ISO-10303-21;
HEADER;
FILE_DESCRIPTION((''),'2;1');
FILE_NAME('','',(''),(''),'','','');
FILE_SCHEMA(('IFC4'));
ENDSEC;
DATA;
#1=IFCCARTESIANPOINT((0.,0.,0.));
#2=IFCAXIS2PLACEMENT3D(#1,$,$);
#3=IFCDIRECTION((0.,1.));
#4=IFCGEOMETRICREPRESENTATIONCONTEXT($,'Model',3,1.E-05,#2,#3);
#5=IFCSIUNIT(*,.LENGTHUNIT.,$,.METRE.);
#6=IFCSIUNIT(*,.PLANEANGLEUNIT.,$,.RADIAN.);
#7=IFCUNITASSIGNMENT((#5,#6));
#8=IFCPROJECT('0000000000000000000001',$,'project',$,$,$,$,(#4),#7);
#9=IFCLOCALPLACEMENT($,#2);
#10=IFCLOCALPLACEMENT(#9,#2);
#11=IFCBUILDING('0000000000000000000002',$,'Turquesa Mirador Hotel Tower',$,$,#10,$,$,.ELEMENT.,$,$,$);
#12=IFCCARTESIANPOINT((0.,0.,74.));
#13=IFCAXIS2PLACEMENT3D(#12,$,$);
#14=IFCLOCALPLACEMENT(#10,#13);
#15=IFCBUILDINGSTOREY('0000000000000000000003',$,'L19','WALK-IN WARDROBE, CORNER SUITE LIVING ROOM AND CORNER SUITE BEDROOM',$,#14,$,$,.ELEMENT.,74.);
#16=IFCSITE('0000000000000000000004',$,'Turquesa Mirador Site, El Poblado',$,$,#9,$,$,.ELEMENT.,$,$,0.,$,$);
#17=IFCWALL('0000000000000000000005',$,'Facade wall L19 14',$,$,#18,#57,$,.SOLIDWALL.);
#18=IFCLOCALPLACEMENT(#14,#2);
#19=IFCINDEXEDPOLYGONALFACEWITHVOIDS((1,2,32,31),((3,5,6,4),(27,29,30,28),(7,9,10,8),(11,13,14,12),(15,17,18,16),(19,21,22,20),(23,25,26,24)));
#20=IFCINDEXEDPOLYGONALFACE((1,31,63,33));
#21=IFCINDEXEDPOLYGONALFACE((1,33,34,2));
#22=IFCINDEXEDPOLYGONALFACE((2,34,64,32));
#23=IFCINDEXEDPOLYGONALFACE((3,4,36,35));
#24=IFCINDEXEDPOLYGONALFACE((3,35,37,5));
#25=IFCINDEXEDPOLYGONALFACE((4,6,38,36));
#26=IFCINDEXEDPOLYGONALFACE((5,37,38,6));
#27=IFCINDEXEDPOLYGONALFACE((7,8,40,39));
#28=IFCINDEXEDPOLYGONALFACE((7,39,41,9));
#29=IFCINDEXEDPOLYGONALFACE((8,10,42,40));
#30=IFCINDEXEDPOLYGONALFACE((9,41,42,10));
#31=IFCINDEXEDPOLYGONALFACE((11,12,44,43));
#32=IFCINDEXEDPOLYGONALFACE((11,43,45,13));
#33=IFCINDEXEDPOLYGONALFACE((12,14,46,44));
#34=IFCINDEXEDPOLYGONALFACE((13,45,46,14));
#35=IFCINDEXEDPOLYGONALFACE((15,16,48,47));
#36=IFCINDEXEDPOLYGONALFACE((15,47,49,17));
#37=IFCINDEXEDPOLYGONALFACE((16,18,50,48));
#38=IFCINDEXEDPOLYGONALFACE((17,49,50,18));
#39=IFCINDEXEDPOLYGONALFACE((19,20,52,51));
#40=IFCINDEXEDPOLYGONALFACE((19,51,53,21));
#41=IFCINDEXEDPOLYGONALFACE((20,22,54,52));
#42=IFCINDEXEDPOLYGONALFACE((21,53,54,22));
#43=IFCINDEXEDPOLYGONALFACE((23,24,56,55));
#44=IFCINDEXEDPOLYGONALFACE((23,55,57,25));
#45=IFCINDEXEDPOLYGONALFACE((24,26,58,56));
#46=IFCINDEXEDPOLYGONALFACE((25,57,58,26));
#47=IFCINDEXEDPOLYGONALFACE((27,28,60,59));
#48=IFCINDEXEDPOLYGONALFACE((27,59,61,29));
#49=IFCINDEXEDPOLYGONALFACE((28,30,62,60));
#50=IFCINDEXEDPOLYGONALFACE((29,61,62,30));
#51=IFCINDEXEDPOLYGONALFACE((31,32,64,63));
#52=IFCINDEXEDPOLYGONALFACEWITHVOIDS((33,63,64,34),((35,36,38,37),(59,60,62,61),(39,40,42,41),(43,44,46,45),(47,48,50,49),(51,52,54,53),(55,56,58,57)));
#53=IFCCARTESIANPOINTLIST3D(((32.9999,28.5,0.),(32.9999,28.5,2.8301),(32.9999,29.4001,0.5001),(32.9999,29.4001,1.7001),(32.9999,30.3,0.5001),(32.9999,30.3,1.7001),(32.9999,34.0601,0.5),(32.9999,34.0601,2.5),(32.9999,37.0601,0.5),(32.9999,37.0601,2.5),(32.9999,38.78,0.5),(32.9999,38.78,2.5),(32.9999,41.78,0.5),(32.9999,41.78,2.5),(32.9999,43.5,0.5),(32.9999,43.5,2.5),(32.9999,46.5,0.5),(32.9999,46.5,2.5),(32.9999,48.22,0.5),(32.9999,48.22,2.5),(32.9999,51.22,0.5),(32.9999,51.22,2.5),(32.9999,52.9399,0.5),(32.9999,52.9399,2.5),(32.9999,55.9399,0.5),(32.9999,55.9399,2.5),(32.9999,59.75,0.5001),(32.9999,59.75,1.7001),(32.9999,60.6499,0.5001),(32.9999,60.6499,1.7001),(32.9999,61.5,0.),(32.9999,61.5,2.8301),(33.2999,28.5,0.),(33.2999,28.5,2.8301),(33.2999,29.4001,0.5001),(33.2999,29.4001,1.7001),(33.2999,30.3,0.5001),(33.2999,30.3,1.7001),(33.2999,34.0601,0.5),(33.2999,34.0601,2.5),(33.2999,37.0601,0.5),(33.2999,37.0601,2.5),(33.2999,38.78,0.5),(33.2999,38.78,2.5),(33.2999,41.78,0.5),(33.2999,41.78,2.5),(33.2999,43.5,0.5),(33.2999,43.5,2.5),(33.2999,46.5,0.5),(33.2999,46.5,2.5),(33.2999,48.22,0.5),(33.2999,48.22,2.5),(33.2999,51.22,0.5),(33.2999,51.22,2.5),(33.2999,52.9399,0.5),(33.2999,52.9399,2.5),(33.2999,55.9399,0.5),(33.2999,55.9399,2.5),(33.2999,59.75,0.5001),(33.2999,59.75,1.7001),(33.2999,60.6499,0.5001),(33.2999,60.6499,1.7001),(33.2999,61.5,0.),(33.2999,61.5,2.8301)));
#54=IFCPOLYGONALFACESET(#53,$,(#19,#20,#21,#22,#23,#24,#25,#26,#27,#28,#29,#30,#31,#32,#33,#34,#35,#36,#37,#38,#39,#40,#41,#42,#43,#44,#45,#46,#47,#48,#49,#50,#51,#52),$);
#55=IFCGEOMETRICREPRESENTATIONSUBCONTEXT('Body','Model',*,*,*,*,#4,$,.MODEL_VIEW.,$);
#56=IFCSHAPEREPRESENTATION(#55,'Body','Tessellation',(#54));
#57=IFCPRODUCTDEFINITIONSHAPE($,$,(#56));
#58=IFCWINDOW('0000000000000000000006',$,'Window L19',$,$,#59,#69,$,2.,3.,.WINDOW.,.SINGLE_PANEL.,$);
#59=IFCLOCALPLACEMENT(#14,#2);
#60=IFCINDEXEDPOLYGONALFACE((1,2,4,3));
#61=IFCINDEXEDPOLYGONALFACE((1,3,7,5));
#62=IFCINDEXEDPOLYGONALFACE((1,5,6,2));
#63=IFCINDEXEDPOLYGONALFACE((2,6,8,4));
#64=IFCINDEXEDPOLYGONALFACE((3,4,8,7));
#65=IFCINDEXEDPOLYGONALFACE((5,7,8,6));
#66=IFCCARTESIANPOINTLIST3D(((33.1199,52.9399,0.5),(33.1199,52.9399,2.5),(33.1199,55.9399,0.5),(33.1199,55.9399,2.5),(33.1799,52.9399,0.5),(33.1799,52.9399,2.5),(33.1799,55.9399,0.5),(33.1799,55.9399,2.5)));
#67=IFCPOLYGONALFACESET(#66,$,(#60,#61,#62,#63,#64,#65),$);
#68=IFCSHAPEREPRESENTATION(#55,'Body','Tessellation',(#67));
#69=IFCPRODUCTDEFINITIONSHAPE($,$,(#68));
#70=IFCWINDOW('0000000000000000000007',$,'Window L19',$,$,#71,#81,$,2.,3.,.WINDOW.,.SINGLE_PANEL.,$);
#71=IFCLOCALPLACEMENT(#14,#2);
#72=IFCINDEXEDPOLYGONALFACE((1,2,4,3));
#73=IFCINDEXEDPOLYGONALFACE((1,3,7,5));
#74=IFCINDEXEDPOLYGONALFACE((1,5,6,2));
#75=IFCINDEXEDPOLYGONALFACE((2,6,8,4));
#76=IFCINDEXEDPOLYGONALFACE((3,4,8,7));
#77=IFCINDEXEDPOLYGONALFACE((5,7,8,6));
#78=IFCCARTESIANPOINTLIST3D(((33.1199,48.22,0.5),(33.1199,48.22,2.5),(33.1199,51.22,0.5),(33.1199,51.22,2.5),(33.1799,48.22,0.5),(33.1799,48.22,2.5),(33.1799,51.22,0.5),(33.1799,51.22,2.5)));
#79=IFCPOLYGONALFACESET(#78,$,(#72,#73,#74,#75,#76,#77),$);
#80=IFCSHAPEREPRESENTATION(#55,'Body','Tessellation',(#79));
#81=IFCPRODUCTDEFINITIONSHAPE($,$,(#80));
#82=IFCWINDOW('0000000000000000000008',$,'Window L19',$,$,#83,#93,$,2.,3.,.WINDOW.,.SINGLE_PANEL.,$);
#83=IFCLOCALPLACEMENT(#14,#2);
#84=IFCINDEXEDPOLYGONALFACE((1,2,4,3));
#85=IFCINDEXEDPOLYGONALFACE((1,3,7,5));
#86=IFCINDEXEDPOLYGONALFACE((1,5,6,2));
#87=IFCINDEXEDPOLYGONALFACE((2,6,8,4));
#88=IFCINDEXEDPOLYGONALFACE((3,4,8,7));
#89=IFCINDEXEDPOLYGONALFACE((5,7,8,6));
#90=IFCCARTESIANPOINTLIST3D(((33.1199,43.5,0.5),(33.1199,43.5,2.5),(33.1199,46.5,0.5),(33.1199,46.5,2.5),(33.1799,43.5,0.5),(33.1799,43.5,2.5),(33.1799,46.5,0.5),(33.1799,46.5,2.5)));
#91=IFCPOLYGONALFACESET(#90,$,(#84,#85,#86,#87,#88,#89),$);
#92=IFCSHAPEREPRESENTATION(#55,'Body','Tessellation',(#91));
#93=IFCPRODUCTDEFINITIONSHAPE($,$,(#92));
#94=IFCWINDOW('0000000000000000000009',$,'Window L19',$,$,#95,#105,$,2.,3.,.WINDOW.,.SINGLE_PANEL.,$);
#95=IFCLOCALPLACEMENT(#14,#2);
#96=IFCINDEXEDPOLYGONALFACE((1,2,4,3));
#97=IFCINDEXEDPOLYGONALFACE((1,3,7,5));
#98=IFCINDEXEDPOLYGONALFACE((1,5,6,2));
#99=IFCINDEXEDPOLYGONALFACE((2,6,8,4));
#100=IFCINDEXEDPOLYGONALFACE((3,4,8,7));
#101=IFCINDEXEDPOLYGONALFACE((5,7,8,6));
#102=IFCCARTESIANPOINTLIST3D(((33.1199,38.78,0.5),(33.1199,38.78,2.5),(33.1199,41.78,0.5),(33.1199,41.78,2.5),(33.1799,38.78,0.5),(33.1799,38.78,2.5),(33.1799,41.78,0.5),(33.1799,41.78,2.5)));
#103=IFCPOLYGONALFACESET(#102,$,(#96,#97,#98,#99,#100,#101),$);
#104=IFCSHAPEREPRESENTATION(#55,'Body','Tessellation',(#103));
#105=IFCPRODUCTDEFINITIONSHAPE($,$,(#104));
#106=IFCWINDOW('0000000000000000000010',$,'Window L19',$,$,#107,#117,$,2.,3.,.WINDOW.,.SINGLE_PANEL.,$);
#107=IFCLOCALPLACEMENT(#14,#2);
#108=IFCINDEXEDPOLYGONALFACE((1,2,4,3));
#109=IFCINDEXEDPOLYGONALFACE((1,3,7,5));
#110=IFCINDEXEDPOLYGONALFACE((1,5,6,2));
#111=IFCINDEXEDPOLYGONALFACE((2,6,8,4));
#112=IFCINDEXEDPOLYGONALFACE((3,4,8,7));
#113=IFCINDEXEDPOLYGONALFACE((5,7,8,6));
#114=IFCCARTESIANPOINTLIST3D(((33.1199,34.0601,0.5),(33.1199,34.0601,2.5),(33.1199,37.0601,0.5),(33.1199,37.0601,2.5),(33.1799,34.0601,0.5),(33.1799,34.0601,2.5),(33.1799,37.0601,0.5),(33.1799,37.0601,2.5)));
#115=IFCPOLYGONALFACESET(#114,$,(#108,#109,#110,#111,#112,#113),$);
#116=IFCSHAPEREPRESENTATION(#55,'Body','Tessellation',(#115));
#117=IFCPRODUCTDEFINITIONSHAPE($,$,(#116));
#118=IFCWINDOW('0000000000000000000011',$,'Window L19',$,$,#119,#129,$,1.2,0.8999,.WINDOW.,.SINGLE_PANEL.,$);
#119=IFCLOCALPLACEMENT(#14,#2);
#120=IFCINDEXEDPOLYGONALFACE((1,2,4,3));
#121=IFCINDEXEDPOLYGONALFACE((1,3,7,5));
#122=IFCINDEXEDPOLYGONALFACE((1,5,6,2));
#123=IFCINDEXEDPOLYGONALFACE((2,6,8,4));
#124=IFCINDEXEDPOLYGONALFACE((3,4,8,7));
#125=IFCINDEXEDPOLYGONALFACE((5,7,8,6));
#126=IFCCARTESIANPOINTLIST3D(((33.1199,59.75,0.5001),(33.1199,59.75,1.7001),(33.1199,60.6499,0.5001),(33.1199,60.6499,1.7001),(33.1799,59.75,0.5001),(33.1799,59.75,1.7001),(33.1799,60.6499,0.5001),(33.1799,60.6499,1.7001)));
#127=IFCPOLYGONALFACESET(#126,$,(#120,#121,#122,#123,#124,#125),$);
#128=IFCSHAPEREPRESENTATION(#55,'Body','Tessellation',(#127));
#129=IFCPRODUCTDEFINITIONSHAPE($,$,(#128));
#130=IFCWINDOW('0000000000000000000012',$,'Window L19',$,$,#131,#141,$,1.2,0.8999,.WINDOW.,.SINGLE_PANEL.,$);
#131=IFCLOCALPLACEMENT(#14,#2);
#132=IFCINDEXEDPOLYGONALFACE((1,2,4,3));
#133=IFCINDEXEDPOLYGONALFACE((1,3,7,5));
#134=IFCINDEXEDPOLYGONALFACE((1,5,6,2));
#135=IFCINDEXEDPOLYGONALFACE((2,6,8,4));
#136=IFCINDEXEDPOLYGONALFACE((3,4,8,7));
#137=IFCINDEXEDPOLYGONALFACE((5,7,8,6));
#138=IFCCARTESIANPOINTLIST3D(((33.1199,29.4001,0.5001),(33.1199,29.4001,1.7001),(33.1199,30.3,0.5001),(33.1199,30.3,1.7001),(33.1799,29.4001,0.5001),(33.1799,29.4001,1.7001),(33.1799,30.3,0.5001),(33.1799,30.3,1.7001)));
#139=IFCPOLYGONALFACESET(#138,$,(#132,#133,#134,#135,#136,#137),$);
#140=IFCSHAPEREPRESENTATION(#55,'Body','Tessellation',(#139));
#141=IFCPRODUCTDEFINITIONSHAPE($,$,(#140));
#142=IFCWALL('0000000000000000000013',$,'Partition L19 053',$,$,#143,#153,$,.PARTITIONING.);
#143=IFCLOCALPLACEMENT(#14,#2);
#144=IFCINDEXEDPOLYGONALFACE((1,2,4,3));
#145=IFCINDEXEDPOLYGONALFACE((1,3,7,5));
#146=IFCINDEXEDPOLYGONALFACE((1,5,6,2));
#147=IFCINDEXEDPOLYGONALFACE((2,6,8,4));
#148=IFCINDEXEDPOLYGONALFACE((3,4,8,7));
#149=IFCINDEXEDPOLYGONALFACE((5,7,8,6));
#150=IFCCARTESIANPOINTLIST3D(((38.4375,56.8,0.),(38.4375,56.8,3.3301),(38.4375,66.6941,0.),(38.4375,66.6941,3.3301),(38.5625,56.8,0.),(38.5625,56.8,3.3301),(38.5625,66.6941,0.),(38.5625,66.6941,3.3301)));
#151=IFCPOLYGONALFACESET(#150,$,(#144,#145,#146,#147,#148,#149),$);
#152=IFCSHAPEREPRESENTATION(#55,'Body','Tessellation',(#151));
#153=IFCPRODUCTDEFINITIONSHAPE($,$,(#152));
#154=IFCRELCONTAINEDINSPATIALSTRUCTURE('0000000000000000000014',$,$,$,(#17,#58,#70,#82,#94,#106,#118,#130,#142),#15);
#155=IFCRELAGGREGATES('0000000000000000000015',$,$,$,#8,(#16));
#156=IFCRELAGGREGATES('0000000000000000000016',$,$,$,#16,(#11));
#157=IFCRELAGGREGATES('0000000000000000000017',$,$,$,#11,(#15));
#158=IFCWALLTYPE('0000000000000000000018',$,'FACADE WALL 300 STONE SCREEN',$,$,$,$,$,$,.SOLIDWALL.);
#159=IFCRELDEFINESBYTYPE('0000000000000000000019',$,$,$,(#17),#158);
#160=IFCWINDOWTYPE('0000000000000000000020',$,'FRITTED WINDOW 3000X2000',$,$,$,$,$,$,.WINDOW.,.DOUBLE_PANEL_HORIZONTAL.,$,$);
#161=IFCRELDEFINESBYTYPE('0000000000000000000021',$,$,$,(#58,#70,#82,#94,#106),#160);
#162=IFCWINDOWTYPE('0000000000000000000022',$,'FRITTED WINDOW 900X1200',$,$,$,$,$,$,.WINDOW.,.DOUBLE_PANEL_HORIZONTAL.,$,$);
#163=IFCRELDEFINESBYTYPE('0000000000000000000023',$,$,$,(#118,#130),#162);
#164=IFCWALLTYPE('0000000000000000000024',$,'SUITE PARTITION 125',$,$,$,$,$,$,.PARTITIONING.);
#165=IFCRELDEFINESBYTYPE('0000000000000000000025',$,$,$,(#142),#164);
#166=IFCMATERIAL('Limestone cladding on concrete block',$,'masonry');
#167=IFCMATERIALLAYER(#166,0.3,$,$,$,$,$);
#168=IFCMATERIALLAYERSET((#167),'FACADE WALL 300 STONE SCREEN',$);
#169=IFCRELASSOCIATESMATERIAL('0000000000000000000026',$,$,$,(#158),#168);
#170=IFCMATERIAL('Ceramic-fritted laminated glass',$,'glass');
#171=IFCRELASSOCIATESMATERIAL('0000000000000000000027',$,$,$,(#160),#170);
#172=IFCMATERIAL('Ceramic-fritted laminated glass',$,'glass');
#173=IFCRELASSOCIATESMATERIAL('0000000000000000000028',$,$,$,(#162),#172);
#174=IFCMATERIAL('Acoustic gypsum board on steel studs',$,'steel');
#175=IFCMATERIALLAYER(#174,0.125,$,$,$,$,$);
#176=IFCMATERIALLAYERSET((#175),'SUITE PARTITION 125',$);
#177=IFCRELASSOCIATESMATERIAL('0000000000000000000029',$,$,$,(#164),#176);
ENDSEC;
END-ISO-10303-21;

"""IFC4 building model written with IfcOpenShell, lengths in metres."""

from ifc_helpers import new_model, si_unit, direction, frame, frame_2d, origin, place, context, subcontext, project, spatial, rectangle, extrude, material, layer, layer_set, type_object, element, fill, save


model = new_model("IFC4")

# Units and contexts
model_context = context("Model", 3, precision=1e-05, world=origin(), true_north=direction((0.0, 1.0)))
body_context = subcontext(model_context, "Body", "Model", "MODEL_VIEW")
ifc_project = project(units=[si_unit("LENGTHUNIT", "METRE"), si_unit("PLANEANGLEUNIT", "RADIAN")], contexts=[model_context])

# Site, building, storey
site_placement = place(None, origin())
site = spatial("IfcSite", under=ifc_project, at=site_placement, Name="Turquesa Mirador Site, El Poblado", CompositionType="ELEMENT", RefElevation=0.0)
building_placement = place(site_placement, origin())
building = spatial("IfcBuilding", under=site, at=building_placement, Name="Turquesa Mirador Hotel Tower", CompositionType="ELEMENT")
storey_placement = place(building_placement, frame((0.0, 0.0, 74.0)))
storey = spatial("IfcBuildingStorey", under=building, at=storey_placement, Name="L19", Description="WALK-IN WARDROBE, CORNER SUITE LIVING ROOM AND CORNER SUITE BEDROOM", CompositionType="ELEMENT", Elevation=74.0)

# Shared definitions
ifc_material_1 = material(Name="Limestone cladding on concrete block", Category="masonry")
ifc_layer_1 = layer(ifc_material_1, 0.3)
ifc_layer_set_1 = layer_set([ifc_layer_1], Name="FACADE WALL 300 STONE SCREEN")
wall_type_1 = type_object("IfcWallType", Name="FACADE WALL 300 STONE SCREEN", PredefinedType="SOLIDWALL", material=ifc_layer_set_1)

# Wall, openings, windows
wall_1_placement = place(storey_placement, frame((33.1499, 61.5, 0.0), z_axis=(0.0, 0.0, 1.0), x_axis=(0.0, -1.0, 0.0)))
wall_1 = element("IfcWall", 1, at=wall_1_placement, inside=storey, type_object=wall_type_1, Name="Facade wall L19 14", PredefinedType="SOLIDWALL", context=body_context, shape_type="SweptSolid", body=[
    extrude(rectangle(XDim=33.0, YDim=0.3, at=frame_2d((16.5, 0.0))), origin(), (0.0, 0.0, 1.0), 2.8301),
])
opening_1_placement = place(wall_1_placement, frame((0.8501, 0.0, 0.5)))
opening_1 = element("IfcOpeningElement", 2, at=opening_1_placement, cuts=wall_1, PredefinedType="OPENING", context=body_context, shape_type="SweptSolid", body=[
    extrude(rectangle(XDim=0.8999, YDim=1.2, at=frame_2d((0.45, 0.6001))), frame((0.0, 0.1599, 0.0), z_axis=(0.0, -1.0, 0.0), x_axis=(1.0, 0.0, 0.0)), (0.0, 0.0, 1.0), 0.3201),
])
opening_2_placement = place(wall_1_placement, frame((5.5601, 0.0, 0.5)))
opening_2 = element("IfcOpeningElement", 3, at=opening_2_placement, cuts=wall_1, PredefinedType="OPENING", context=body_context, shape_type="SweptSolid", body=[
    extrude(rectangle(XDim=3.0, YDim=2.0, at=frame_2d((1.5, 1.0))), frame((0.0, 0.1599, 0.0), z_axis=(0.0, -1.0, 0.0), x_axis=(1.0, 0.0, 0.0)), (0.0, 0.0, 1.0), 0.3201),
])
opening_3_placement = place(wall_1_placement, frame((10.28, 0.0, 0.5)))
opening_3 = element("IfcOpeningElement", 4, at=opening_3_placement, cuts=wall_1, PredefinedType="OPENING", context=body_context, shape_type="SweptSolid", body=[
    extrude(rectangle(XDim=3.0, YDim=2.0, at=frame_2d((1.5, 1.0))), frame((0.0, 0.1599, 0.0), z_axis=(0.0, -1.0, 0.0), x_axis=(1.0, 0.0, 0.0)), (0.0, 0.0, 1.0), 0.3201),
])
opening_4_placement = place(wall_1_placement, frame((15.0, 0.0, 0.5)))
opening_4 = element("IfcOpeningElement", 5, at=opening_4_placement, cuts=wall_1, PredefinedType="OPENING", context=body_context, shape_type="SweptSolid", body=[
    extrude(rectangle(XDim=3.0, YDim=2.0, at=frame_2d((1.5, 1.0))), frame((0.0, 0.1599, 0.0), z_axis=(0.0, -1.0, 0.0), x_axis=(1.0, 0.0, 0.0)), (0.0, 0.0, 1.0), 0.3201),
])
opening_5_placement = place(wall_1_placement, frame((19.72, 0.0, 0.5)))
opening_5 = element("IfcOpeningElement", 6, at=opening_5_placement, cuts=wall_1, PredefinedType="OPENING", context=body_context, shape_type="SweptSolid", body=[
    extrude(rectangle(XDim=3.0, YDim=2.0, at=frame_2d((1.5, 1.0))), frame((0.0, 0.1599, 0.0), z_axis=(0.0, -1.0, 0.0), x_axis=(1.0, 0.0, 0.0)), (0.0, 0.0, 1.0), 0.3201),
])
opening_6_placement = place(wall_1_placement, frame((24.4399, 0.0, 0.5)))
opening_6 = element("IfcOpeningElement", 7, at=opening_6_placement, cuts=wall_1, PredefinedType="OPENING", context=body_context, shape_type="SweptSolid", body=[
    extrude(rectangle(XDim=3.0, YDim=2.0, at=frame_2d((1.5, 1.0))), frame((0.0, 0.1599, 0.0), z_axis=(0.0, -1.0, 0.0), x_axis=(1.0, 0.0, 0.0)), (0.0, 0.0, 1.0), 0.3201),
])
opening_7_placement = place(wall_1_placement, frame((31.2, 0.0, 0.5)))
opening_7 = element("IfcOpeningElement", 8, at=opening_7_placement, cuts=wall_1, PredefinedType="OPENING", context=body_context, shape_type="SweptSolid", body=[
    extrude(rectangle(XDim=0.8999, YDim=1.2, at=frame_2d((0.45, 0.6001))), frame((0.0, 0.1599, 0.0), z_axis=(0.0, -1.0, 0.0), x_axis=(1.0, 0.0, 0.0)), (0.0, 0.0, 1.0), 0.3201),
])
ifc_material_2 = material(Name="Ceramic-fritted laminated glass", Category="glass")
window_type_1 = type_object("IfcWindowType", Name="FRITTED WINDOW 3000X2000", PartitioningType="DOUBLE_PANEL_HORIZONTAL", PredefinedType="WINDOW", material=ifc_material_2)
window_1_placement = place(opening_2_placement, origin())
window_1 = element("IfcWindow", 9, at=window_1_placement, inside=storey, type_object=window_type_1, Name="Window L19", OverallHeight=2.0, OverallWidth=3.0, PartitioningType="SINGLE_PANEL", PredefinedType="WINDOW", context=body_context, shape_type="SweptSolid", body=[
    extrude(rectangle(XDim=3.0, YDim=2.0, at=frame_2d((1.5, 1.0))), frame((0.0, 0.03, 0.0), z_axis=(0.0, -1.0, 0.0), x_axis=(1.0, 0.0, 0.0)), (0.0, 0.0, 1.0), 0.0601),
])
fill(opening_2, window_1)
window_2_placement = place(opening_3_placement, origin())
window_2 = element("IfcWindow", 10, at=window_2_placement, inside=storey, type_object=window_type_1, Name="Window L19", OverallHeight=2.0, OverallWidth=3.0, PartitioningType="SINGLE_PANEL", PredefinedType="WINDOW", context=body_context, shape_type="SweptSolid", body=[
    extrude(rectangle(XDim=3.0, YDim=2.0, at=frame_2d((1.5, 1.0))), frame((0.0, 0.03, 0.0), z_axis=(0.0, -1.0, 0.0), x_axis=(1.0, 0.0, 0.0)), (0.0, 0.0, 1.0), 0.0601),
])
fill(opening_3, window_2)
window_3_placement = place(opening_4_placement, origin())
window_3 = element("IfcWindow", 11, at=window_3_placement, inside=storey, type_object=window_type_1, Name="Window L19", OverallHeight=2.0, OverallWidth=3.0, PartitioningType="SINGLE_PANEL", PredefinedType="WINDOW", context=body_context, shape_type="SweptSolid", body=[
    extrude(rectangle(XDim=3.0, YDim=2.0, at=frame_2d((1.5, 1.0))), frame((0.0, 0.03, 0.0), z_axis=(0.0, -1.0, 0.0), x_axis=(1.0, 0.0, 0.0)), (0.0, 0.0, 1.0), 0.0601),
])
fill(opening_4, window_3)
window_4_placement = place(opening_5_placement, origin())
window_4 = element("IfcWindow", 12, at=window_4_placement, inside=storey, type_object=window_type_1, Name="Window L19", OverallHeight=2.0, OverallWidth=3.0, PartitioningType="SINGLE_PANEL", PredefinedType="WINDOW", context=body_context, shape_type="SweptSolid", body=[
    extrude(rectangle(XDim=3.0, YDim=2.0, at=frame_2d((1.5, 1.0))), frame((0.0, 0.03, 0.0), z_axis=(0.0, -1.0, 0.0), x_axis=(1.0, 0.0, 0.0)), (0.0, 0.0, 1.0), 0.0601),
])
fill(opening_5, window_4)
window_5_placement = place(opening_6_placement, origin())
window_5 = element("IfcWindow", 13, at=window_5_placement, inside=storey, type_object=window_type_1, Name="Window L19", OverallHeight=2.0, OverallWidth=3.0, PartitioningType="SINGLE_PANEL", PredefinedType="WINDOW", context=body_context, shape_type="SweptSolid", body=[
    extrude(rectangle(XDim=3.0, YDim=2.0, at=frame_2d((1.5, 1.0))), frame((0.0, 0.03, 0.0), z_axis=(0.0, -1.0, 0.0), x_axis=(1.0, 0.0, 0.0)), (0.0, 0.0, 1.0), 0.0601),
])
fill(opening_6, window_5)
ifc_material_3 = material(Name="Ceramic-fritted laminated glass", Category="glass")
window_type_2 = type_object("IfcWindowType", Name="FRITTED WINDOW 900X1200", PartitioningType="DOUBLE_PANEL_HORIZONTAL", PredefinedType="WINDOW", material=ifc_material_3)
window_6_placement = place(opening_1_placement, origin())
window_6 = element("IfcWindow", 14, at=window_6_placement, inside=storey, type_object=window_type_2, Name="Window L19", OverallHeight=1.2, OverallWidth=0.8999, PartitioningType="SINGLE_PANEL", PredefinedType="WINDOW", context=body_context, shape_type="SweptSolid", body=[
    extrude(rectangle(XDim=0.8999, YDim=1.2, at=frame_2d((0.45, 0.6001))), frame((0.0, 0.03, 0.0), z_axis=(0.0, -1.0, 0.0), x_axis=(1.0, 0.0, 0.0)), (0.0, 0.0, 1.0), 0.0601),
])
fill(opening_1, window_6)
window_7_placement = place(opening_7_placement, origin())
window_7 = element("IfcWindow", 15, at=window_7_placement, inside=storey, type_object=window_type_2, Name="Window L19", OverallHeight=1.2, OverallWidth=0.8999, PartitioningType="SINGLE_PANEL", PredefinedType="WINDOW", context=body_context, shape_type="SweptSolid", body=[
    extrude(rectangle(XDim=0.8999, YDim=1.2, at=frame_2d((0.45, 0.6001))), frame((0.0, 0.03, 0.0), z_axis=(0.0, -1.0, 0.0), x_axis=(1.0, 0.0, 0.0)), (0.0, 0.0, 1.0), 0.0601),
])
fill(opening_7, window_7)

# Wall
ifc_material_4 = material(Name="Acoustic gypsum board on steel studs", Category="steel")
ifc_layer_2 = layer(ifc_material_4, 0.125)
ifc_layer_set_2 = layer_set([ifc_layer_2], Name="SUITE PARTITION 125")
wall_type_2 = type_object("IfcWallType", Name="SUITE PARTITION 125", PredefinedType="PARTITIONING", material=ifc_layer_set_2)
wall_2_placement = place(storey_placement, frame((38.5, 56.8, 0.0), z_axis=(0.0, 0.0, 1.0), x_axis=(0.0, 1.0, 0.0)))
element("IfcWall", 16, at=wall_2_placement, inside=storey, type_object=wall_type_2, Name="Partition L19 053", PredefinedType="PARTITIONING", context=body_context, shape_type="SweptSolid", body=[
    extrude(rectangle(XDim=9.894, YDim=0.125, at=frame_2d((4.947, 0.0))), origin(), (0.0, 0.0, 1.0), 3.3301),
])

save(model, "model.ifc")
